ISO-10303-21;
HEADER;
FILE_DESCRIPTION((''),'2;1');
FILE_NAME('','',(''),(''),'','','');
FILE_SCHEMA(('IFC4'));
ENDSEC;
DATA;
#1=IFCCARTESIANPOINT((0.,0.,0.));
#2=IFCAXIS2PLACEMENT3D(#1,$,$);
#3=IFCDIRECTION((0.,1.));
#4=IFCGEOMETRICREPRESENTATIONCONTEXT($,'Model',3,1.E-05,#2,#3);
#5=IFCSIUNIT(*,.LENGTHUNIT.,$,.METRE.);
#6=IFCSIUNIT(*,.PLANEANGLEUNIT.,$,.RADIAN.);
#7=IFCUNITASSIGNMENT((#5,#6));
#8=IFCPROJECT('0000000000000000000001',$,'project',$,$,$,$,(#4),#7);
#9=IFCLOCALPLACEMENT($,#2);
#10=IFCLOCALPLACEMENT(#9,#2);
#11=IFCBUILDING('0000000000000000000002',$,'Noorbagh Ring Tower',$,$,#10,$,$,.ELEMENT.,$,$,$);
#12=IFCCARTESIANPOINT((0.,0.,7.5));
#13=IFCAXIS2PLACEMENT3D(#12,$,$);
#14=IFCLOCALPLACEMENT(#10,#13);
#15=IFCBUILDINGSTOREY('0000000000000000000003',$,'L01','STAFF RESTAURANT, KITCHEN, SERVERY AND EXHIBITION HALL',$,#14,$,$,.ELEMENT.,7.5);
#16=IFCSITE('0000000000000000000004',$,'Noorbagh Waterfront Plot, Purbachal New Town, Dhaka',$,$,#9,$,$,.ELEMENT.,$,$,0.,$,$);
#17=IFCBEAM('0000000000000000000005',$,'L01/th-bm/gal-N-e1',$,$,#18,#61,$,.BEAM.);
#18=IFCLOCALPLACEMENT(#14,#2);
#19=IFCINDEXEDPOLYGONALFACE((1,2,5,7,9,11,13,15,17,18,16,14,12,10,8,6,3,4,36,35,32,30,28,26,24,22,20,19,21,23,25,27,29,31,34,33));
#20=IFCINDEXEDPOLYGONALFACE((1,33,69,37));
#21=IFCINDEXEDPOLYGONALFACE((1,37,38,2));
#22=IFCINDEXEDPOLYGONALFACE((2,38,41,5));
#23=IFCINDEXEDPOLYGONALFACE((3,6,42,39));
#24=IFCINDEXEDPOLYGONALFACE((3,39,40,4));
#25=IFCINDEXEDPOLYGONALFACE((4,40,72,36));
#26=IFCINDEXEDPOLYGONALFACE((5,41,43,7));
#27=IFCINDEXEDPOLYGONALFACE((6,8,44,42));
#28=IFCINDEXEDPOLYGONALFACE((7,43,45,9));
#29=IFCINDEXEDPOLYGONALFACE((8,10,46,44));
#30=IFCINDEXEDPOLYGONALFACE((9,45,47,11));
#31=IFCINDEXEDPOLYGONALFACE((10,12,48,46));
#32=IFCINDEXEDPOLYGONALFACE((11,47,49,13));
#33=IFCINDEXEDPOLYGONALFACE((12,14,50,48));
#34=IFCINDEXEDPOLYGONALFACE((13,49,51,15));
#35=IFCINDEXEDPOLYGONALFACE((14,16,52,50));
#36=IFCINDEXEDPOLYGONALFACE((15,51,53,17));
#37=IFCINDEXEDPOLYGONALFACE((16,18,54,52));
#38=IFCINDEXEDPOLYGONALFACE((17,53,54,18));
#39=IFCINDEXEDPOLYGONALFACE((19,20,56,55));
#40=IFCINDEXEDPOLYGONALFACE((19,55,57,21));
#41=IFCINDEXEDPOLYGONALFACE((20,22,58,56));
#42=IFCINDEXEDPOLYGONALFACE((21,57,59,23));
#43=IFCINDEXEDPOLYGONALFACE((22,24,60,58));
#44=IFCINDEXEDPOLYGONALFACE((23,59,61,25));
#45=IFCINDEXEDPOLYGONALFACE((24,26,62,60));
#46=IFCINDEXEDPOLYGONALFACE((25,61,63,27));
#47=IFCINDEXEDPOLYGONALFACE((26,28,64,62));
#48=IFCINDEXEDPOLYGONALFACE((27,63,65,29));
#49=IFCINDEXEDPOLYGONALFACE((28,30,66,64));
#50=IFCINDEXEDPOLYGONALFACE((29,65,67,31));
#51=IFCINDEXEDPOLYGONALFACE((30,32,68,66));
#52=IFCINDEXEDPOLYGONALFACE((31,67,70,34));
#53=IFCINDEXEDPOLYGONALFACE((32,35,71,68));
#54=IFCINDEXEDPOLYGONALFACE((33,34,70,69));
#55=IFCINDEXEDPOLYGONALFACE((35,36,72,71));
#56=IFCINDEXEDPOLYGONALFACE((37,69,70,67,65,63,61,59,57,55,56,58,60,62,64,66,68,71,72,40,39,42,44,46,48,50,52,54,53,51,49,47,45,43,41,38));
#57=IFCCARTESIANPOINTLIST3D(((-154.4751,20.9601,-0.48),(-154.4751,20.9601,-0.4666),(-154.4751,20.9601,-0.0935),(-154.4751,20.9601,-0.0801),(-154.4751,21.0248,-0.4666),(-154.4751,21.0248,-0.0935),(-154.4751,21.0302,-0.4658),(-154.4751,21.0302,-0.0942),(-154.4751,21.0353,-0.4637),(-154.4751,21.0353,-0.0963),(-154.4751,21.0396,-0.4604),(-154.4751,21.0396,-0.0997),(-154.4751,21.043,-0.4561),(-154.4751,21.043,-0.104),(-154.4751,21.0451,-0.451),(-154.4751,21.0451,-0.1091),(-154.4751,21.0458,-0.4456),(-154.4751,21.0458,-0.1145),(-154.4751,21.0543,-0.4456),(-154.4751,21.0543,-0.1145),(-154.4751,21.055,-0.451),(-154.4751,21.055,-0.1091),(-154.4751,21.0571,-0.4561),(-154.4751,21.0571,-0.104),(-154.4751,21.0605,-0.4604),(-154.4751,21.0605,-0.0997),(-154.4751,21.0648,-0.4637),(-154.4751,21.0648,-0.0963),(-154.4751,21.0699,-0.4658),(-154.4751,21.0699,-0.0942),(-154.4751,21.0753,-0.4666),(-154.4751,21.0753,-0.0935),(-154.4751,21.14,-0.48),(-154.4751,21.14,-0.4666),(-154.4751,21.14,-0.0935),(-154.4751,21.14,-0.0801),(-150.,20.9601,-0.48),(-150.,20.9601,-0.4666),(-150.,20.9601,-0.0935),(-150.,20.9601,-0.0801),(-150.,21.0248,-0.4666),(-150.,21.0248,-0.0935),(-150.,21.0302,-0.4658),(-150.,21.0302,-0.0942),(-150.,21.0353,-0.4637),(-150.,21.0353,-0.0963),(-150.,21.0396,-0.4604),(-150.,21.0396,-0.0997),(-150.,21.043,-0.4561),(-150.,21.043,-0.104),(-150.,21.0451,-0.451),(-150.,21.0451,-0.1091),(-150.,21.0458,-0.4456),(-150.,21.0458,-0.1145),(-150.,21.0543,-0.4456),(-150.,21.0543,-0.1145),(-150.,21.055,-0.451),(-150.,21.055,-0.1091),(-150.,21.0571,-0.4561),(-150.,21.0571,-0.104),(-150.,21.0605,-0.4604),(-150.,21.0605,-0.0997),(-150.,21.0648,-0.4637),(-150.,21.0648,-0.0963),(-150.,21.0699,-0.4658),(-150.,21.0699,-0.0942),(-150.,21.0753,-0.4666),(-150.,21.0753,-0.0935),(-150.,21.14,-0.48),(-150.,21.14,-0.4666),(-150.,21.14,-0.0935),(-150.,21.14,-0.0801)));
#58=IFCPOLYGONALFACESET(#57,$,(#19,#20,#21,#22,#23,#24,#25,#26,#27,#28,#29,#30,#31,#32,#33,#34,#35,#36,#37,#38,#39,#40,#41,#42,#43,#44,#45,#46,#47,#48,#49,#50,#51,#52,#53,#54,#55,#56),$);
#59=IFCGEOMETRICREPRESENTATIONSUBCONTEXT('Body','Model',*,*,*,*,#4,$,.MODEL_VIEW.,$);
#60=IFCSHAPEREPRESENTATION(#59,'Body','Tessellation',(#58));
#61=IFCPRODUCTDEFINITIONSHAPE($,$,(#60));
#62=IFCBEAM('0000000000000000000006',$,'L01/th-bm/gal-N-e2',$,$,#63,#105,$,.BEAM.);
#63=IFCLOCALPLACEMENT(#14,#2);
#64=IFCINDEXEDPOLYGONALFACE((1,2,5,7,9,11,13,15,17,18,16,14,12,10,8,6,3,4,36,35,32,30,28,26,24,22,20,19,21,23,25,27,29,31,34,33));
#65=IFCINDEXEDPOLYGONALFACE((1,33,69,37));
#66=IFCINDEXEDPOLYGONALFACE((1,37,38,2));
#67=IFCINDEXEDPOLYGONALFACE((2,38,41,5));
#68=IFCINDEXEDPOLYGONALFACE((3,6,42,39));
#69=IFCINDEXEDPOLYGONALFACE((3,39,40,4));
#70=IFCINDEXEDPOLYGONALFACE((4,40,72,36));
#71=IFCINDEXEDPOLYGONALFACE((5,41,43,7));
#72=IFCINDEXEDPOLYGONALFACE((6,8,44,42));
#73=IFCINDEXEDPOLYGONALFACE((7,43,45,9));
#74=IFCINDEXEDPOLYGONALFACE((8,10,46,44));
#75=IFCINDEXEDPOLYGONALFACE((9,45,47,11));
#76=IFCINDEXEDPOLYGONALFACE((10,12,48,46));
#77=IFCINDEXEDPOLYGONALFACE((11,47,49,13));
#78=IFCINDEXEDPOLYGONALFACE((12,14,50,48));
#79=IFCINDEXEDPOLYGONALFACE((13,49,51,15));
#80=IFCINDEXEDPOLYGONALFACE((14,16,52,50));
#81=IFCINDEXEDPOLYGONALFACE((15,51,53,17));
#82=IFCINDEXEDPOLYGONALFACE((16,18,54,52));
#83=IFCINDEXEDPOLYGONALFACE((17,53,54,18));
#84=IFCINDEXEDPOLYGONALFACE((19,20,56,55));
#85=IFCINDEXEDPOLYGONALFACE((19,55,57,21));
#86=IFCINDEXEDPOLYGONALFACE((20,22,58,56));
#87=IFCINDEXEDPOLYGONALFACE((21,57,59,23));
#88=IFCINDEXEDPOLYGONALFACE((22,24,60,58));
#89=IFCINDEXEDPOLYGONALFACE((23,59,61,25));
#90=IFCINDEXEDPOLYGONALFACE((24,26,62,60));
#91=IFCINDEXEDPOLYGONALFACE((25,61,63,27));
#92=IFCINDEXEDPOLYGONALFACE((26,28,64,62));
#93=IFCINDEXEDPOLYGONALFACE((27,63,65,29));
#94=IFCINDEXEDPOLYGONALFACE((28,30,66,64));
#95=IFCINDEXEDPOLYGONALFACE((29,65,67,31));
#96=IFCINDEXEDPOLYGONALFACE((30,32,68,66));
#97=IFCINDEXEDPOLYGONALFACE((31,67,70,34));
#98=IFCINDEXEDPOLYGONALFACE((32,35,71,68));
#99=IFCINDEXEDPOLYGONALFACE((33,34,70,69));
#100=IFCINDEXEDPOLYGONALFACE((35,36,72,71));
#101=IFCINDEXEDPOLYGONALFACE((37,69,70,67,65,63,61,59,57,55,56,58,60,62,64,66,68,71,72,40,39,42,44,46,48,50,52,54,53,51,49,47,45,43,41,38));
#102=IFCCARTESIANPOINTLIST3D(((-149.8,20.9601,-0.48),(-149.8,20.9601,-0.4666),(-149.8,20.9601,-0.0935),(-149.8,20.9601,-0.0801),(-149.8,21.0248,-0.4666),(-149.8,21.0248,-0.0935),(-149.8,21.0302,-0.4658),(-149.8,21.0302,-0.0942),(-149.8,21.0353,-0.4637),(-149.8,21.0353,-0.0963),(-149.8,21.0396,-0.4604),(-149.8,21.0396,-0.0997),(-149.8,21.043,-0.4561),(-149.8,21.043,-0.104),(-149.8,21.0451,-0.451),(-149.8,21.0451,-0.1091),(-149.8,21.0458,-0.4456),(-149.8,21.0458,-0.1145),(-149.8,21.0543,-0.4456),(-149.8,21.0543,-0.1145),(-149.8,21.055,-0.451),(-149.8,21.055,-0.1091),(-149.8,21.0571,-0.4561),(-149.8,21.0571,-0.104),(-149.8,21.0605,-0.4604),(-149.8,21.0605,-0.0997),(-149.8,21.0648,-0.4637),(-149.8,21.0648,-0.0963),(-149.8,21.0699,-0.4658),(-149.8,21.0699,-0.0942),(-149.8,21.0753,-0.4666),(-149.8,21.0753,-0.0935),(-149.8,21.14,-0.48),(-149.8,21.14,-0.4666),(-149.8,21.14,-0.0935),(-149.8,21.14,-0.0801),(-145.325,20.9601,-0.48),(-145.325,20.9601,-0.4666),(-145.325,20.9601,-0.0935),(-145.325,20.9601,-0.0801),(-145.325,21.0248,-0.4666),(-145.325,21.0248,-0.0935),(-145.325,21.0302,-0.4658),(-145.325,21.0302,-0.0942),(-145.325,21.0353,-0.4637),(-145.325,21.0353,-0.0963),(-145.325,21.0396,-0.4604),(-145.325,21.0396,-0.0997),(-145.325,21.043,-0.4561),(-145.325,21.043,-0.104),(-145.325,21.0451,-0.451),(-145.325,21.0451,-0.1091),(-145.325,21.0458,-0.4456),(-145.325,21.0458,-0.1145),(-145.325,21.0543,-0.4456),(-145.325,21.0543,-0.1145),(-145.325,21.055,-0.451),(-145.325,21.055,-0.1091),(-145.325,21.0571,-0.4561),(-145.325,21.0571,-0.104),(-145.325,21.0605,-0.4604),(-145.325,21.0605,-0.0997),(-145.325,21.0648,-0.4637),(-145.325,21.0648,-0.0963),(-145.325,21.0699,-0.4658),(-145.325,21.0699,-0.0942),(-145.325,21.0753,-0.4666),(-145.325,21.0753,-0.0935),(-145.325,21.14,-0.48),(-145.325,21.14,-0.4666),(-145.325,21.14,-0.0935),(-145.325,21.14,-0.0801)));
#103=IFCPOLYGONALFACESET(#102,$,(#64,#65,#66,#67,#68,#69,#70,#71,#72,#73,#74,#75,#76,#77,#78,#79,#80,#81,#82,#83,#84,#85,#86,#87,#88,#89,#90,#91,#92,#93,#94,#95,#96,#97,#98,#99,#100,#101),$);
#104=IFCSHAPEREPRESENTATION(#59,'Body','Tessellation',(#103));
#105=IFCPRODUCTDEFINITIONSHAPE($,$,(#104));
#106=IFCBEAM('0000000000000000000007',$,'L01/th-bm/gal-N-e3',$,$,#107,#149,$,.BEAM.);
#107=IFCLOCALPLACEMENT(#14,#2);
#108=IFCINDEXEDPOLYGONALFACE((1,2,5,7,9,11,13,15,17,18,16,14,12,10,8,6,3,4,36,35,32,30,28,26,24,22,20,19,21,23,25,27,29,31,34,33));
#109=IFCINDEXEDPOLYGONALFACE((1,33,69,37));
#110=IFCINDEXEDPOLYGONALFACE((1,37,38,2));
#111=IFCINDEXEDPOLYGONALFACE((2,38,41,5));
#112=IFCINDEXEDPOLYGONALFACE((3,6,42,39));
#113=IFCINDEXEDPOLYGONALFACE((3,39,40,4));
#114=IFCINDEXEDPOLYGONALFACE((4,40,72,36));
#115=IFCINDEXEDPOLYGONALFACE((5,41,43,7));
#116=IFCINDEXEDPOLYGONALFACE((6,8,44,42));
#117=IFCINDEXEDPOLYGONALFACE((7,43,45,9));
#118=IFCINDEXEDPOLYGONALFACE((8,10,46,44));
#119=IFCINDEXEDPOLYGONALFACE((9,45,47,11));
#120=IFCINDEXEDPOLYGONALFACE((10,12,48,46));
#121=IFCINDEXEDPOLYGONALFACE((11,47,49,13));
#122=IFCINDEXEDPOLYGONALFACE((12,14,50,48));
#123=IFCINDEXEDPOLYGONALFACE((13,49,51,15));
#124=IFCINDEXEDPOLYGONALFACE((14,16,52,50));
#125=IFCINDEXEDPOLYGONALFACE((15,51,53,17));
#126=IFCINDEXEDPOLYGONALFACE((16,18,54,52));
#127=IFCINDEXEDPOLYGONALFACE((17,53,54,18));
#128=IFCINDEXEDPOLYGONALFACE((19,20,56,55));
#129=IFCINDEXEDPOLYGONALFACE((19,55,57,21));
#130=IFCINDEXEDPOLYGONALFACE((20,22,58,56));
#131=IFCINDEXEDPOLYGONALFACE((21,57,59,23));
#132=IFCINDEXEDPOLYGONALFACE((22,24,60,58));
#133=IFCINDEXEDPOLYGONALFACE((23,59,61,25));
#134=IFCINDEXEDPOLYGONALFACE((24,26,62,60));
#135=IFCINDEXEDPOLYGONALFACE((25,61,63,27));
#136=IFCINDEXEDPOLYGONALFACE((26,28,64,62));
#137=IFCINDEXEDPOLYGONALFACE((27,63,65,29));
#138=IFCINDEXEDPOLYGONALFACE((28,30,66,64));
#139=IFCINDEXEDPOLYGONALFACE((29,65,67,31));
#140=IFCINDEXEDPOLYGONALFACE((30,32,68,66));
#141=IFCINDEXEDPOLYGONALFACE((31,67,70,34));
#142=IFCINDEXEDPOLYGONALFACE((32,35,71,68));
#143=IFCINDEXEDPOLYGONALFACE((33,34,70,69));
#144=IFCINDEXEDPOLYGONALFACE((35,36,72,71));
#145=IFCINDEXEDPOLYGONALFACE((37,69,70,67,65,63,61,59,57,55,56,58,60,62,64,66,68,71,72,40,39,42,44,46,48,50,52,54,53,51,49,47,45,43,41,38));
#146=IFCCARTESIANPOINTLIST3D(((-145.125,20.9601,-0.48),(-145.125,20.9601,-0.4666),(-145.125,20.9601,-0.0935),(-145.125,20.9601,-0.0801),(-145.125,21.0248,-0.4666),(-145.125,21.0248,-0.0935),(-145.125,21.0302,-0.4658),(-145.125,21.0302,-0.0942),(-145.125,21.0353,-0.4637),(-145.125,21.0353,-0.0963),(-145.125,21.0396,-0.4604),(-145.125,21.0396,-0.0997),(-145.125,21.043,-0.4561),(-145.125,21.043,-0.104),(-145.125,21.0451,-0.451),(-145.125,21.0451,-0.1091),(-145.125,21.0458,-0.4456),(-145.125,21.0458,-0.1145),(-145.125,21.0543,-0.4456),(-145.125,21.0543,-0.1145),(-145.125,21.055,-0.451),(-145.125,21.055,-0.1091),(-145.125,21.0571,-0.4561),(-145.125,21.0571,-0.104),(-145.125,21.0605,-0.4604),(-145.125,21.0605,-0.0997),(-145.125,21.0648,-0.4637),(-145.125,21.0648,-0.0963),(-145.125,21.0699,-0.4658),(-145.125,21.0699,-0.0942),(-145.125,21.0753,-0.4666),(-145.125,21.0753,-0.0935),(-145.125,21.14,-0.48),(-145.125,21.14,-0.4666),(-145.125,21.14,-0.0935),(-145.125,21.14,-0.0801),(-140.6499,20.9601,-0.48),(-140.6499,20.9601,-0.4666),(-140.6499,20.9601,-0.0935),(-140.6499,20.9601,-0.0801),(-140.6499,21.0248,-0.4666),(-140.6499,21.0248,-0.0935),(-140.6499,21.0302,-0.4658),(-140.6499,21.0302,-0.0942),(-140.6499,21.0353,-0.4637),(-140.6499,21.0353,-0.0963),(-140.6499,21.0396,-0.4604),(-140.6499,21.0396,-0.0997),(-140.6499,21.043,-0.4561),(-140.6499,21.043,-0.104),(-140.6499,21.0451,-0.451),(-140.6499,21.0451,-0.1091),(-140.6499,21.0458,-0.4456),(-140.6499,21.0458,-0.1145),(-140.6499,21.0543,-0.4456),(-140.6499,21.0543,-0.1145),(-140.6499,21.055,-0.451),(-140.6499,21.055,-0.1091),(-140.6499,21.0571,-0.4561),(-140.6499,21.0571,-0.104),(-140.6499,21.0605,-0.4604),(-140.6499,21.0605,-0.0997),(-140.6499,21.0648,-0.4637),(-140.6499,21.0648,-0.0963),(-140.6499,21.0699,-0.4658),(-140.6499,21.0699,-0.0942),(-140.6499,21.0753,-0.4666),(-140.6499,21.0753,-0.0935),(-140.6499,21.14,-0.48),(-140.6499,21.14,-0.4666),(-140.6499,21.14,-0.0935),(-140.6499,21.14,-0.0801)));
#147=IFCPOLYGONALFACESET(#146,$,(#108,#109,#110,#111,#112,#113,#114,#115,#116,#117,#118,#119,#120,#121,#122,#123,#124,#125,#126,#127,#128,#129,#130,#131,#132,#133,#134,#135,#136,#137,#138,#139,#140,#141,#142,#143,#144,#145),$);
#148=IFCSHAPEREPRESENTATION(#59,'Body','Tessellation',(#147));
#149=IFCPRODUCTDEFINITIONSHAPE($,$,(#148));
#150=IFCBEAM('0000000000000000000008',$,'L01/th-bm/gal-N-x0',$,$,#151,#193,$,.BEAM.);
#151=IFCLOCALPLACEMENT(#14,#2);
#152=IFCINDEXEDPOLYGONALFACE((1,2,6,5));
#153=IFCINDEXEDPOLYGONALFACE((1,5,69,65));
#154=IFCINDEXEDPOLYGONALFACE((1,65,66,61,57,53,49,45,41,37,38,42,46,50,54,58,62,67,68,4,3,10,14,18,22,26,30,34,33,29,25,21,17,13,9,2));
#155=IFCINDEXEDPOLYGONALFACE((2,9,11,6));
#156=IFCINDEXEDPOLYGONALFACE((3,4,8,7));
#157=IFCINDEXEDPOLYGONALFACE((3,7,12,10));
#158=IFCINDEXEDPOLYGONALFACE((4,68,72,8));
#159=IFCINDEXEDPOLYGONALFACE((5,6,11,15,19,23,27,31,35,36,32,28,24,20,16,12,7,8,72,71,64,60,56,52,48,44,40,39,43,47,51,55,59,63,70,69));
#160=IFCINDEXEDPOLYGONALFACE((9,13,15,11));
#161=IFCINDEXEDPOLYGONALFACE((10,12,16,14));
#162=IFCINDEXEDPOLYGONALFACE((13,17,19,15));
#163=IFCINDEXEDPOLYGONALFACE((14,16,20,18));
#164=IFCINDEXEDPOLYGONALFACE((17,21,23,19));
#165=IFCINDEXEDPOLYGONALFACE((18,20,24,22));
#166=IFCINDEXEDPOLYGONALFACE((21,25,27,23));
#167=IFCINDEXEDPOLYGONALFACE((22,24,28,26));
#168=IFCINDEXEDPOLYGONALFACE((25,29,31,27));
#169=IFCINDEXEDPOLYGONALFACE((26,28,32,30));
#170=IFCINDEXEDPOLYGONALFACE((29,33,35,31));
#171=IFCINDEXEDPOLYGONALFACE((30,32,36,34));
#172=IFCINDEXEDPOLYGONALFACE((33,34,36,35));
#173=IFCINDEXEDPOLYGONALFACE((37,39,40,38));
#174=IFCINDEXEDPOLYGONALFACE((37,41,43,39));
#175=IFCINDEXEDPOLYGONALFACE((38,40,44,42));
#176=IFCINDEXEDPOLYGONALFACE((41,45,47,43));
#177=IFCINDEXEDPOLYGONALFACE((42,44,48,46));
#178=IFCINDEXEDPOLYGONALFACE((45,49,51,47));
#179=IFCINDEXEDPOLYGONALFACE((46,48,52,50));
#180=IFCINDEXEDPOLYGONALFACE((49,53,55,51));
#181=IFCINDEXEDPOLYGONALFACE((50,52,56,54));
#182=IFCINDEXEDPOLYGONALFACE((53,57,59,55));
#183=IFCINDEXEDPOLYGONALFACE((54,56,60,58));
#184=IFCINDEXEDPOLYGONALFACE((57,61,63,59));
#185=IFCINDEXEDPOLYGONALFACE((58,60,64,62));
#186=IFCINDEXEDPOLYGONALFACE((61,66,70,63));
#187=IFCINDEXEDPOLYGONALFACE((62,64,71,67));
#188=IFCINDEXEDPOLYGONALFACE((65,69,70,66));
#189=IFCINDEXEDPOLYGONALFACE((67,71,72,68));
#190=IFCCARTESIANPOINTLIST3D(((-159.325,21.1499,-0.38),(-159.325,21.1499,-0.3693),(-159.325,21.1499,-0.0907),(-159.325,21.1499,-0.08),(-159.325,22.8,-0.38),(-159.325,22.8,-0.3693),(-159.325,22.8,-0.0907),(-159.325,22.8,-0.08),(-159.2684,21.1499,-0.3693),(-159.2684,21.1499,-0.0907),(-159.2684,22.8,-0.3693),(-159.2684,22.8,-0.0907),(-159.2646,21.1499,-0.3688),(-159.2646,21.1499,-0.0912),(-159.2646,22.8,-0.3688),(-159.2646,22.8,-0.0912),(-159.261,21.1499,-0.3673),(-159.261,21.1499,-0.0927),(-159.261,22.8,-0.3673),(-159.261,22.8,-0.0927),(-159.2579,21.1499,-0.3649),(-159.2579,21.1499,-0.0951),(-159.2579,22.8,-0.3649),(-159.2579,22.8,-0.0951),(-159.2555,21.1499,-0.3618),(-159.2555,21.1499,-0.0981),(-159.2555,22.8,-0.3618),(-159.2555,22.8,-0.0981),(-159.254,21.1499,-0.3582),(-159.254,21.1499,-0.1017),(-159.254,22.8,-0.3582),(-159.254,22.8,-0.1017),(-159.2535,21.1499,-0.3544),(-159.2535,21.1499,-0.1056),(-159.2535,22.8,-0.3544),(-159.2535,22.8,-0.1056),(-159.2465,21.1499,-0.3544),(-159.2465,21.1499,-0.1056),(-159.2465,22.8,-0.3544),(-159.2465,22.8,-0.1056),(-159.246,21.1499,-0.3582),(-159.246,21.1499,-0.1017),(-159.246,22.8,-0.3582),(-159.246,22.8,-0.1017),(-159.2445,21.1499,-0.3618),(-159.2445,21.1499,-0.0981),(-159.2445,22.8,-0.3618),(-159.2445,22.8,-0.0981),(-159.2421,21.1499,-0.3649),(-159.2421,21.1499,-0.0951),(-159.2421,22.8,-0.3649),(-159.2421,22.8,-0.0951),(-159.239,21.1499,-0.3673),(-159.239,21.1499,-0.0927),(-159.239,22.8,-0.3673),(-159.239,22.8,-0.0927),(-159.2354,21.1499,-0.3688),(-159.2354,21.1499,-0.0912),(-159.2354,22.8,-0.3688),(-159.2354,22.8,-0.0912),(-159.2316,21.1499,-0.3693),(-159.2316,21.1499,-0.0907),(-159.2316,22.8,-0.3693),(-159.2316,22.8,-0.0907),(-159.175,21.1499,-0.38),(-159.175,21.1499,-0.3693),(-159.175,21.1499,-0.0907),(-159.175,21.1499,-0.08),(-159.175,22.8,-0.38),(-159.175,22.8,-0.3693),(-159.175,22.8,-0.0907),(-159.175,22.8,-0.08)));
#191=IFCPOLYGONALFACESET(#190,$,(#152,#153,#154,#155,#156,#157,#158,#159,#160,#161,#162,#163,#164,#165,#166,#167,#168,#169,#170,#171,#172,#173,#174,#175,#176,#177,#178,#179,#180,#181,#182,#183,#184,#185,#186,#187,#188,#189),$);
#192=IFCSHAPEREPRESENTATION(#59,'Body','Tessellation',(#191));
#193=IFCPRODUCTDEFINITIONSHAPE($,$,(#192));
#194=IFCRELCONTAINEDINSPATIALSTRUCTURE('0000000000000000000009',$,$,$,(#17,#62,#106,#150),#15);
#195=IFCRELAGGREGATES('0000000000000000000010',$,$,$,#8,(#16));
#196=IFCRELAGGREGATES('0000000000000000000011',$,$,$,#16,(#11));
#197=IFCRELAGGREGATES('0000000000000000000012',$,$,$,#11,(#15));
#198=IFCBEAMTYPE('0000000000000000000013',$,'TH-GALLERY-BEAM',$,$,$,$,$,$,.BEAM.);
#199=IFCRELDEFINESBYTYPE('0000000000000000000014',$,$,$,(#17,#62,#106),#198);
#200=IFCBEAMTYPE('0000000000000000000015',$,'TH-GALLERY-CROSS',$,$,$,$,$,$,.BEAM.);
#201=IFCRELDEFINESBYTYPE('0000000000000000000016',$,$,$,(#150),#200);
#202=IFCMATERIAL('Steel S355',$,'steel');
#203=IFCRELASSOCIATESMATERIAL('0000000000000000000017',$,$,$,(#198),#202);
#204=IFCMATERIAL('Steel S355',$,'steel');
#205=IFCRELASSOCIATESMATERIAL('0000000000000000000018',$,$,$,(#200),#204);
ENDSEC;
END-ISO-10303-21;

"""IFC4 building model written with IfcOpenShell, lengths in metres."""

from ifc_helpers import new_model, si_unit, direction, frame, origin, origin_2d, place, context, subcontext, project, spatial, i_section, extrude, material, material_profile, profile_set, type_object, element, save


model = new_model("IFC4")

# Units and contexts
model_context = context("Model", 3, precision=1e-05, world=origin(), true_north=direction((0.0, 1.0)))
body_context = subcontext(model_context, "Body", "Model", "MODEL_VIEW")
ifc_project = project(units=[si_unit("LENGTHUNIT", "METRE"), si_unit("PLANEANGLEUNIT", "RADIAN")], contexts=[model_context])

# Site, building, storey
site_placement = place(None, origin())
site = spatial("IfcSite", under=ifc_project, at=site_placement, Name="Noorbagh Waterfront Plot, Purbachal New Town, Dhaka", CompositionType="ELEMENT", RefElevation=0.0)
building_placement = place(site_placement, origin())
building = spatial("IfcBuilding", under=site, at=building_placement, Name="Noorbagh Ring Tower", CompositionType="ELEMENT")
storey_placement = place(building_placement, frame((0.0, 0.0, 7.5)))
storey = spatial("IfcBuildingStorey", under=building, at=storey_placement, Name="L01", Description="STAFF RESTAURANT, KITCHEN, SERVERY AND EXHIBITION HALL", CompositionType="ELEMENT", Elevation=7.5)

# Beams
ifc_material_1 = material(Name="Steel S355", Category="steel")
ifc_material_profile_1 = material_profile(ifc_material_1, i_section(OverallWidth=0.1799, OverallDepth=0.3999, WebThickness=0.0085, FlangeThickness=0.0134, FilletRadius=0.021, at=origin_2d()), Name="IPE400")
ifc_profile_set_1 = profile_set([ifc_material_profile_1], Name="Steel S355")
beam_type_1 = type_object("IfcBeamType", Name="TH-GALLERY-BEAM", PredefinedType="BEAM", material=ifc_profile_set_1)
for number, where, z_axis, x_axis, name in (
    (1, (-154.4751, 21.05, -0.28), (1.0, 0.0, 0.0), (0.0, 1.0, 0.0), "L01/th-bm/gal-N-e1"),
    (2, (-149.8, 21.05, -0.28), (1.0, 0.0, 0.0), (0.0, 1.0, 0.0), "L01/th-bm/gal-N-e2"),
    (3, (-145.125, 21.05, -0.28), (1.0, 0.0, 0.0), (0.0, 1.0, 0.0), "L01/th-bm/gal-N-e3"),
):
    element("IfcBeam", number, at=place(storey_placement, frame(where, z_axis=z_axis, x_axis=x_axis)), inside=storey, type_object=beam_type_1, Name=name, PredefinedType="BEAM", context=body_context, shape_type="SweptSolid", body=[
        extrude(i_section(OverallWidth=0.1799, OverallDepth=0.3999, WebThickness=0.0085, FlangeThickness=0.0134, FilletRadius=0.021, at=origin_2d()), origin(), (0.0, 0.0, 1.0), 4.4751),
    ])
ifc_material_2 = material(Name="Steel S355", Category="steel")
ifc_material_profile_2 = material_profile(ifc_material_2, i_section(OverallWidth=0.1499, OverallDepth=0.3, WebThickness=0.0071, FlangeThickness=0.0107, FilletRadius=0.0149, at=origin_2d()), Name="IPE300")
ifc_profile_set_2 = profile_set([ifc_material_profile_2], Name="Steel S355")
beam_type_2 = type_object("IfcBeamType", Name="TH-GALLERY-CROSS", PredefinedType="BEAM", material=ifc_profile_set_2)
beam_1_placement = place(storey_placement, frame((-159.25, 22.8, -0.23), z_axis=(0.0, -1.0, 0.0), x_axis=(1.0, 0.0, 0.0)))
element("IfcBeam", 4, at=beam_1_placement, inside=storey, type_object=beam_type_2, Name="L01/th-bm/gal-N-x0", PredefinedType="BEAM", context=body_context, shape_type="SweptSolid", body=[
    extrude(i_section(OverallWidth=0.1499, OverallDepth=0.3, WebThickness=0.0071, FlangeThickness=0.0107, FilletRadius=0.0149, at=origin_2d()), origin(), (0.0, 0.0, 1.0), 1.6501),
])

save(model, "model.ifc")
